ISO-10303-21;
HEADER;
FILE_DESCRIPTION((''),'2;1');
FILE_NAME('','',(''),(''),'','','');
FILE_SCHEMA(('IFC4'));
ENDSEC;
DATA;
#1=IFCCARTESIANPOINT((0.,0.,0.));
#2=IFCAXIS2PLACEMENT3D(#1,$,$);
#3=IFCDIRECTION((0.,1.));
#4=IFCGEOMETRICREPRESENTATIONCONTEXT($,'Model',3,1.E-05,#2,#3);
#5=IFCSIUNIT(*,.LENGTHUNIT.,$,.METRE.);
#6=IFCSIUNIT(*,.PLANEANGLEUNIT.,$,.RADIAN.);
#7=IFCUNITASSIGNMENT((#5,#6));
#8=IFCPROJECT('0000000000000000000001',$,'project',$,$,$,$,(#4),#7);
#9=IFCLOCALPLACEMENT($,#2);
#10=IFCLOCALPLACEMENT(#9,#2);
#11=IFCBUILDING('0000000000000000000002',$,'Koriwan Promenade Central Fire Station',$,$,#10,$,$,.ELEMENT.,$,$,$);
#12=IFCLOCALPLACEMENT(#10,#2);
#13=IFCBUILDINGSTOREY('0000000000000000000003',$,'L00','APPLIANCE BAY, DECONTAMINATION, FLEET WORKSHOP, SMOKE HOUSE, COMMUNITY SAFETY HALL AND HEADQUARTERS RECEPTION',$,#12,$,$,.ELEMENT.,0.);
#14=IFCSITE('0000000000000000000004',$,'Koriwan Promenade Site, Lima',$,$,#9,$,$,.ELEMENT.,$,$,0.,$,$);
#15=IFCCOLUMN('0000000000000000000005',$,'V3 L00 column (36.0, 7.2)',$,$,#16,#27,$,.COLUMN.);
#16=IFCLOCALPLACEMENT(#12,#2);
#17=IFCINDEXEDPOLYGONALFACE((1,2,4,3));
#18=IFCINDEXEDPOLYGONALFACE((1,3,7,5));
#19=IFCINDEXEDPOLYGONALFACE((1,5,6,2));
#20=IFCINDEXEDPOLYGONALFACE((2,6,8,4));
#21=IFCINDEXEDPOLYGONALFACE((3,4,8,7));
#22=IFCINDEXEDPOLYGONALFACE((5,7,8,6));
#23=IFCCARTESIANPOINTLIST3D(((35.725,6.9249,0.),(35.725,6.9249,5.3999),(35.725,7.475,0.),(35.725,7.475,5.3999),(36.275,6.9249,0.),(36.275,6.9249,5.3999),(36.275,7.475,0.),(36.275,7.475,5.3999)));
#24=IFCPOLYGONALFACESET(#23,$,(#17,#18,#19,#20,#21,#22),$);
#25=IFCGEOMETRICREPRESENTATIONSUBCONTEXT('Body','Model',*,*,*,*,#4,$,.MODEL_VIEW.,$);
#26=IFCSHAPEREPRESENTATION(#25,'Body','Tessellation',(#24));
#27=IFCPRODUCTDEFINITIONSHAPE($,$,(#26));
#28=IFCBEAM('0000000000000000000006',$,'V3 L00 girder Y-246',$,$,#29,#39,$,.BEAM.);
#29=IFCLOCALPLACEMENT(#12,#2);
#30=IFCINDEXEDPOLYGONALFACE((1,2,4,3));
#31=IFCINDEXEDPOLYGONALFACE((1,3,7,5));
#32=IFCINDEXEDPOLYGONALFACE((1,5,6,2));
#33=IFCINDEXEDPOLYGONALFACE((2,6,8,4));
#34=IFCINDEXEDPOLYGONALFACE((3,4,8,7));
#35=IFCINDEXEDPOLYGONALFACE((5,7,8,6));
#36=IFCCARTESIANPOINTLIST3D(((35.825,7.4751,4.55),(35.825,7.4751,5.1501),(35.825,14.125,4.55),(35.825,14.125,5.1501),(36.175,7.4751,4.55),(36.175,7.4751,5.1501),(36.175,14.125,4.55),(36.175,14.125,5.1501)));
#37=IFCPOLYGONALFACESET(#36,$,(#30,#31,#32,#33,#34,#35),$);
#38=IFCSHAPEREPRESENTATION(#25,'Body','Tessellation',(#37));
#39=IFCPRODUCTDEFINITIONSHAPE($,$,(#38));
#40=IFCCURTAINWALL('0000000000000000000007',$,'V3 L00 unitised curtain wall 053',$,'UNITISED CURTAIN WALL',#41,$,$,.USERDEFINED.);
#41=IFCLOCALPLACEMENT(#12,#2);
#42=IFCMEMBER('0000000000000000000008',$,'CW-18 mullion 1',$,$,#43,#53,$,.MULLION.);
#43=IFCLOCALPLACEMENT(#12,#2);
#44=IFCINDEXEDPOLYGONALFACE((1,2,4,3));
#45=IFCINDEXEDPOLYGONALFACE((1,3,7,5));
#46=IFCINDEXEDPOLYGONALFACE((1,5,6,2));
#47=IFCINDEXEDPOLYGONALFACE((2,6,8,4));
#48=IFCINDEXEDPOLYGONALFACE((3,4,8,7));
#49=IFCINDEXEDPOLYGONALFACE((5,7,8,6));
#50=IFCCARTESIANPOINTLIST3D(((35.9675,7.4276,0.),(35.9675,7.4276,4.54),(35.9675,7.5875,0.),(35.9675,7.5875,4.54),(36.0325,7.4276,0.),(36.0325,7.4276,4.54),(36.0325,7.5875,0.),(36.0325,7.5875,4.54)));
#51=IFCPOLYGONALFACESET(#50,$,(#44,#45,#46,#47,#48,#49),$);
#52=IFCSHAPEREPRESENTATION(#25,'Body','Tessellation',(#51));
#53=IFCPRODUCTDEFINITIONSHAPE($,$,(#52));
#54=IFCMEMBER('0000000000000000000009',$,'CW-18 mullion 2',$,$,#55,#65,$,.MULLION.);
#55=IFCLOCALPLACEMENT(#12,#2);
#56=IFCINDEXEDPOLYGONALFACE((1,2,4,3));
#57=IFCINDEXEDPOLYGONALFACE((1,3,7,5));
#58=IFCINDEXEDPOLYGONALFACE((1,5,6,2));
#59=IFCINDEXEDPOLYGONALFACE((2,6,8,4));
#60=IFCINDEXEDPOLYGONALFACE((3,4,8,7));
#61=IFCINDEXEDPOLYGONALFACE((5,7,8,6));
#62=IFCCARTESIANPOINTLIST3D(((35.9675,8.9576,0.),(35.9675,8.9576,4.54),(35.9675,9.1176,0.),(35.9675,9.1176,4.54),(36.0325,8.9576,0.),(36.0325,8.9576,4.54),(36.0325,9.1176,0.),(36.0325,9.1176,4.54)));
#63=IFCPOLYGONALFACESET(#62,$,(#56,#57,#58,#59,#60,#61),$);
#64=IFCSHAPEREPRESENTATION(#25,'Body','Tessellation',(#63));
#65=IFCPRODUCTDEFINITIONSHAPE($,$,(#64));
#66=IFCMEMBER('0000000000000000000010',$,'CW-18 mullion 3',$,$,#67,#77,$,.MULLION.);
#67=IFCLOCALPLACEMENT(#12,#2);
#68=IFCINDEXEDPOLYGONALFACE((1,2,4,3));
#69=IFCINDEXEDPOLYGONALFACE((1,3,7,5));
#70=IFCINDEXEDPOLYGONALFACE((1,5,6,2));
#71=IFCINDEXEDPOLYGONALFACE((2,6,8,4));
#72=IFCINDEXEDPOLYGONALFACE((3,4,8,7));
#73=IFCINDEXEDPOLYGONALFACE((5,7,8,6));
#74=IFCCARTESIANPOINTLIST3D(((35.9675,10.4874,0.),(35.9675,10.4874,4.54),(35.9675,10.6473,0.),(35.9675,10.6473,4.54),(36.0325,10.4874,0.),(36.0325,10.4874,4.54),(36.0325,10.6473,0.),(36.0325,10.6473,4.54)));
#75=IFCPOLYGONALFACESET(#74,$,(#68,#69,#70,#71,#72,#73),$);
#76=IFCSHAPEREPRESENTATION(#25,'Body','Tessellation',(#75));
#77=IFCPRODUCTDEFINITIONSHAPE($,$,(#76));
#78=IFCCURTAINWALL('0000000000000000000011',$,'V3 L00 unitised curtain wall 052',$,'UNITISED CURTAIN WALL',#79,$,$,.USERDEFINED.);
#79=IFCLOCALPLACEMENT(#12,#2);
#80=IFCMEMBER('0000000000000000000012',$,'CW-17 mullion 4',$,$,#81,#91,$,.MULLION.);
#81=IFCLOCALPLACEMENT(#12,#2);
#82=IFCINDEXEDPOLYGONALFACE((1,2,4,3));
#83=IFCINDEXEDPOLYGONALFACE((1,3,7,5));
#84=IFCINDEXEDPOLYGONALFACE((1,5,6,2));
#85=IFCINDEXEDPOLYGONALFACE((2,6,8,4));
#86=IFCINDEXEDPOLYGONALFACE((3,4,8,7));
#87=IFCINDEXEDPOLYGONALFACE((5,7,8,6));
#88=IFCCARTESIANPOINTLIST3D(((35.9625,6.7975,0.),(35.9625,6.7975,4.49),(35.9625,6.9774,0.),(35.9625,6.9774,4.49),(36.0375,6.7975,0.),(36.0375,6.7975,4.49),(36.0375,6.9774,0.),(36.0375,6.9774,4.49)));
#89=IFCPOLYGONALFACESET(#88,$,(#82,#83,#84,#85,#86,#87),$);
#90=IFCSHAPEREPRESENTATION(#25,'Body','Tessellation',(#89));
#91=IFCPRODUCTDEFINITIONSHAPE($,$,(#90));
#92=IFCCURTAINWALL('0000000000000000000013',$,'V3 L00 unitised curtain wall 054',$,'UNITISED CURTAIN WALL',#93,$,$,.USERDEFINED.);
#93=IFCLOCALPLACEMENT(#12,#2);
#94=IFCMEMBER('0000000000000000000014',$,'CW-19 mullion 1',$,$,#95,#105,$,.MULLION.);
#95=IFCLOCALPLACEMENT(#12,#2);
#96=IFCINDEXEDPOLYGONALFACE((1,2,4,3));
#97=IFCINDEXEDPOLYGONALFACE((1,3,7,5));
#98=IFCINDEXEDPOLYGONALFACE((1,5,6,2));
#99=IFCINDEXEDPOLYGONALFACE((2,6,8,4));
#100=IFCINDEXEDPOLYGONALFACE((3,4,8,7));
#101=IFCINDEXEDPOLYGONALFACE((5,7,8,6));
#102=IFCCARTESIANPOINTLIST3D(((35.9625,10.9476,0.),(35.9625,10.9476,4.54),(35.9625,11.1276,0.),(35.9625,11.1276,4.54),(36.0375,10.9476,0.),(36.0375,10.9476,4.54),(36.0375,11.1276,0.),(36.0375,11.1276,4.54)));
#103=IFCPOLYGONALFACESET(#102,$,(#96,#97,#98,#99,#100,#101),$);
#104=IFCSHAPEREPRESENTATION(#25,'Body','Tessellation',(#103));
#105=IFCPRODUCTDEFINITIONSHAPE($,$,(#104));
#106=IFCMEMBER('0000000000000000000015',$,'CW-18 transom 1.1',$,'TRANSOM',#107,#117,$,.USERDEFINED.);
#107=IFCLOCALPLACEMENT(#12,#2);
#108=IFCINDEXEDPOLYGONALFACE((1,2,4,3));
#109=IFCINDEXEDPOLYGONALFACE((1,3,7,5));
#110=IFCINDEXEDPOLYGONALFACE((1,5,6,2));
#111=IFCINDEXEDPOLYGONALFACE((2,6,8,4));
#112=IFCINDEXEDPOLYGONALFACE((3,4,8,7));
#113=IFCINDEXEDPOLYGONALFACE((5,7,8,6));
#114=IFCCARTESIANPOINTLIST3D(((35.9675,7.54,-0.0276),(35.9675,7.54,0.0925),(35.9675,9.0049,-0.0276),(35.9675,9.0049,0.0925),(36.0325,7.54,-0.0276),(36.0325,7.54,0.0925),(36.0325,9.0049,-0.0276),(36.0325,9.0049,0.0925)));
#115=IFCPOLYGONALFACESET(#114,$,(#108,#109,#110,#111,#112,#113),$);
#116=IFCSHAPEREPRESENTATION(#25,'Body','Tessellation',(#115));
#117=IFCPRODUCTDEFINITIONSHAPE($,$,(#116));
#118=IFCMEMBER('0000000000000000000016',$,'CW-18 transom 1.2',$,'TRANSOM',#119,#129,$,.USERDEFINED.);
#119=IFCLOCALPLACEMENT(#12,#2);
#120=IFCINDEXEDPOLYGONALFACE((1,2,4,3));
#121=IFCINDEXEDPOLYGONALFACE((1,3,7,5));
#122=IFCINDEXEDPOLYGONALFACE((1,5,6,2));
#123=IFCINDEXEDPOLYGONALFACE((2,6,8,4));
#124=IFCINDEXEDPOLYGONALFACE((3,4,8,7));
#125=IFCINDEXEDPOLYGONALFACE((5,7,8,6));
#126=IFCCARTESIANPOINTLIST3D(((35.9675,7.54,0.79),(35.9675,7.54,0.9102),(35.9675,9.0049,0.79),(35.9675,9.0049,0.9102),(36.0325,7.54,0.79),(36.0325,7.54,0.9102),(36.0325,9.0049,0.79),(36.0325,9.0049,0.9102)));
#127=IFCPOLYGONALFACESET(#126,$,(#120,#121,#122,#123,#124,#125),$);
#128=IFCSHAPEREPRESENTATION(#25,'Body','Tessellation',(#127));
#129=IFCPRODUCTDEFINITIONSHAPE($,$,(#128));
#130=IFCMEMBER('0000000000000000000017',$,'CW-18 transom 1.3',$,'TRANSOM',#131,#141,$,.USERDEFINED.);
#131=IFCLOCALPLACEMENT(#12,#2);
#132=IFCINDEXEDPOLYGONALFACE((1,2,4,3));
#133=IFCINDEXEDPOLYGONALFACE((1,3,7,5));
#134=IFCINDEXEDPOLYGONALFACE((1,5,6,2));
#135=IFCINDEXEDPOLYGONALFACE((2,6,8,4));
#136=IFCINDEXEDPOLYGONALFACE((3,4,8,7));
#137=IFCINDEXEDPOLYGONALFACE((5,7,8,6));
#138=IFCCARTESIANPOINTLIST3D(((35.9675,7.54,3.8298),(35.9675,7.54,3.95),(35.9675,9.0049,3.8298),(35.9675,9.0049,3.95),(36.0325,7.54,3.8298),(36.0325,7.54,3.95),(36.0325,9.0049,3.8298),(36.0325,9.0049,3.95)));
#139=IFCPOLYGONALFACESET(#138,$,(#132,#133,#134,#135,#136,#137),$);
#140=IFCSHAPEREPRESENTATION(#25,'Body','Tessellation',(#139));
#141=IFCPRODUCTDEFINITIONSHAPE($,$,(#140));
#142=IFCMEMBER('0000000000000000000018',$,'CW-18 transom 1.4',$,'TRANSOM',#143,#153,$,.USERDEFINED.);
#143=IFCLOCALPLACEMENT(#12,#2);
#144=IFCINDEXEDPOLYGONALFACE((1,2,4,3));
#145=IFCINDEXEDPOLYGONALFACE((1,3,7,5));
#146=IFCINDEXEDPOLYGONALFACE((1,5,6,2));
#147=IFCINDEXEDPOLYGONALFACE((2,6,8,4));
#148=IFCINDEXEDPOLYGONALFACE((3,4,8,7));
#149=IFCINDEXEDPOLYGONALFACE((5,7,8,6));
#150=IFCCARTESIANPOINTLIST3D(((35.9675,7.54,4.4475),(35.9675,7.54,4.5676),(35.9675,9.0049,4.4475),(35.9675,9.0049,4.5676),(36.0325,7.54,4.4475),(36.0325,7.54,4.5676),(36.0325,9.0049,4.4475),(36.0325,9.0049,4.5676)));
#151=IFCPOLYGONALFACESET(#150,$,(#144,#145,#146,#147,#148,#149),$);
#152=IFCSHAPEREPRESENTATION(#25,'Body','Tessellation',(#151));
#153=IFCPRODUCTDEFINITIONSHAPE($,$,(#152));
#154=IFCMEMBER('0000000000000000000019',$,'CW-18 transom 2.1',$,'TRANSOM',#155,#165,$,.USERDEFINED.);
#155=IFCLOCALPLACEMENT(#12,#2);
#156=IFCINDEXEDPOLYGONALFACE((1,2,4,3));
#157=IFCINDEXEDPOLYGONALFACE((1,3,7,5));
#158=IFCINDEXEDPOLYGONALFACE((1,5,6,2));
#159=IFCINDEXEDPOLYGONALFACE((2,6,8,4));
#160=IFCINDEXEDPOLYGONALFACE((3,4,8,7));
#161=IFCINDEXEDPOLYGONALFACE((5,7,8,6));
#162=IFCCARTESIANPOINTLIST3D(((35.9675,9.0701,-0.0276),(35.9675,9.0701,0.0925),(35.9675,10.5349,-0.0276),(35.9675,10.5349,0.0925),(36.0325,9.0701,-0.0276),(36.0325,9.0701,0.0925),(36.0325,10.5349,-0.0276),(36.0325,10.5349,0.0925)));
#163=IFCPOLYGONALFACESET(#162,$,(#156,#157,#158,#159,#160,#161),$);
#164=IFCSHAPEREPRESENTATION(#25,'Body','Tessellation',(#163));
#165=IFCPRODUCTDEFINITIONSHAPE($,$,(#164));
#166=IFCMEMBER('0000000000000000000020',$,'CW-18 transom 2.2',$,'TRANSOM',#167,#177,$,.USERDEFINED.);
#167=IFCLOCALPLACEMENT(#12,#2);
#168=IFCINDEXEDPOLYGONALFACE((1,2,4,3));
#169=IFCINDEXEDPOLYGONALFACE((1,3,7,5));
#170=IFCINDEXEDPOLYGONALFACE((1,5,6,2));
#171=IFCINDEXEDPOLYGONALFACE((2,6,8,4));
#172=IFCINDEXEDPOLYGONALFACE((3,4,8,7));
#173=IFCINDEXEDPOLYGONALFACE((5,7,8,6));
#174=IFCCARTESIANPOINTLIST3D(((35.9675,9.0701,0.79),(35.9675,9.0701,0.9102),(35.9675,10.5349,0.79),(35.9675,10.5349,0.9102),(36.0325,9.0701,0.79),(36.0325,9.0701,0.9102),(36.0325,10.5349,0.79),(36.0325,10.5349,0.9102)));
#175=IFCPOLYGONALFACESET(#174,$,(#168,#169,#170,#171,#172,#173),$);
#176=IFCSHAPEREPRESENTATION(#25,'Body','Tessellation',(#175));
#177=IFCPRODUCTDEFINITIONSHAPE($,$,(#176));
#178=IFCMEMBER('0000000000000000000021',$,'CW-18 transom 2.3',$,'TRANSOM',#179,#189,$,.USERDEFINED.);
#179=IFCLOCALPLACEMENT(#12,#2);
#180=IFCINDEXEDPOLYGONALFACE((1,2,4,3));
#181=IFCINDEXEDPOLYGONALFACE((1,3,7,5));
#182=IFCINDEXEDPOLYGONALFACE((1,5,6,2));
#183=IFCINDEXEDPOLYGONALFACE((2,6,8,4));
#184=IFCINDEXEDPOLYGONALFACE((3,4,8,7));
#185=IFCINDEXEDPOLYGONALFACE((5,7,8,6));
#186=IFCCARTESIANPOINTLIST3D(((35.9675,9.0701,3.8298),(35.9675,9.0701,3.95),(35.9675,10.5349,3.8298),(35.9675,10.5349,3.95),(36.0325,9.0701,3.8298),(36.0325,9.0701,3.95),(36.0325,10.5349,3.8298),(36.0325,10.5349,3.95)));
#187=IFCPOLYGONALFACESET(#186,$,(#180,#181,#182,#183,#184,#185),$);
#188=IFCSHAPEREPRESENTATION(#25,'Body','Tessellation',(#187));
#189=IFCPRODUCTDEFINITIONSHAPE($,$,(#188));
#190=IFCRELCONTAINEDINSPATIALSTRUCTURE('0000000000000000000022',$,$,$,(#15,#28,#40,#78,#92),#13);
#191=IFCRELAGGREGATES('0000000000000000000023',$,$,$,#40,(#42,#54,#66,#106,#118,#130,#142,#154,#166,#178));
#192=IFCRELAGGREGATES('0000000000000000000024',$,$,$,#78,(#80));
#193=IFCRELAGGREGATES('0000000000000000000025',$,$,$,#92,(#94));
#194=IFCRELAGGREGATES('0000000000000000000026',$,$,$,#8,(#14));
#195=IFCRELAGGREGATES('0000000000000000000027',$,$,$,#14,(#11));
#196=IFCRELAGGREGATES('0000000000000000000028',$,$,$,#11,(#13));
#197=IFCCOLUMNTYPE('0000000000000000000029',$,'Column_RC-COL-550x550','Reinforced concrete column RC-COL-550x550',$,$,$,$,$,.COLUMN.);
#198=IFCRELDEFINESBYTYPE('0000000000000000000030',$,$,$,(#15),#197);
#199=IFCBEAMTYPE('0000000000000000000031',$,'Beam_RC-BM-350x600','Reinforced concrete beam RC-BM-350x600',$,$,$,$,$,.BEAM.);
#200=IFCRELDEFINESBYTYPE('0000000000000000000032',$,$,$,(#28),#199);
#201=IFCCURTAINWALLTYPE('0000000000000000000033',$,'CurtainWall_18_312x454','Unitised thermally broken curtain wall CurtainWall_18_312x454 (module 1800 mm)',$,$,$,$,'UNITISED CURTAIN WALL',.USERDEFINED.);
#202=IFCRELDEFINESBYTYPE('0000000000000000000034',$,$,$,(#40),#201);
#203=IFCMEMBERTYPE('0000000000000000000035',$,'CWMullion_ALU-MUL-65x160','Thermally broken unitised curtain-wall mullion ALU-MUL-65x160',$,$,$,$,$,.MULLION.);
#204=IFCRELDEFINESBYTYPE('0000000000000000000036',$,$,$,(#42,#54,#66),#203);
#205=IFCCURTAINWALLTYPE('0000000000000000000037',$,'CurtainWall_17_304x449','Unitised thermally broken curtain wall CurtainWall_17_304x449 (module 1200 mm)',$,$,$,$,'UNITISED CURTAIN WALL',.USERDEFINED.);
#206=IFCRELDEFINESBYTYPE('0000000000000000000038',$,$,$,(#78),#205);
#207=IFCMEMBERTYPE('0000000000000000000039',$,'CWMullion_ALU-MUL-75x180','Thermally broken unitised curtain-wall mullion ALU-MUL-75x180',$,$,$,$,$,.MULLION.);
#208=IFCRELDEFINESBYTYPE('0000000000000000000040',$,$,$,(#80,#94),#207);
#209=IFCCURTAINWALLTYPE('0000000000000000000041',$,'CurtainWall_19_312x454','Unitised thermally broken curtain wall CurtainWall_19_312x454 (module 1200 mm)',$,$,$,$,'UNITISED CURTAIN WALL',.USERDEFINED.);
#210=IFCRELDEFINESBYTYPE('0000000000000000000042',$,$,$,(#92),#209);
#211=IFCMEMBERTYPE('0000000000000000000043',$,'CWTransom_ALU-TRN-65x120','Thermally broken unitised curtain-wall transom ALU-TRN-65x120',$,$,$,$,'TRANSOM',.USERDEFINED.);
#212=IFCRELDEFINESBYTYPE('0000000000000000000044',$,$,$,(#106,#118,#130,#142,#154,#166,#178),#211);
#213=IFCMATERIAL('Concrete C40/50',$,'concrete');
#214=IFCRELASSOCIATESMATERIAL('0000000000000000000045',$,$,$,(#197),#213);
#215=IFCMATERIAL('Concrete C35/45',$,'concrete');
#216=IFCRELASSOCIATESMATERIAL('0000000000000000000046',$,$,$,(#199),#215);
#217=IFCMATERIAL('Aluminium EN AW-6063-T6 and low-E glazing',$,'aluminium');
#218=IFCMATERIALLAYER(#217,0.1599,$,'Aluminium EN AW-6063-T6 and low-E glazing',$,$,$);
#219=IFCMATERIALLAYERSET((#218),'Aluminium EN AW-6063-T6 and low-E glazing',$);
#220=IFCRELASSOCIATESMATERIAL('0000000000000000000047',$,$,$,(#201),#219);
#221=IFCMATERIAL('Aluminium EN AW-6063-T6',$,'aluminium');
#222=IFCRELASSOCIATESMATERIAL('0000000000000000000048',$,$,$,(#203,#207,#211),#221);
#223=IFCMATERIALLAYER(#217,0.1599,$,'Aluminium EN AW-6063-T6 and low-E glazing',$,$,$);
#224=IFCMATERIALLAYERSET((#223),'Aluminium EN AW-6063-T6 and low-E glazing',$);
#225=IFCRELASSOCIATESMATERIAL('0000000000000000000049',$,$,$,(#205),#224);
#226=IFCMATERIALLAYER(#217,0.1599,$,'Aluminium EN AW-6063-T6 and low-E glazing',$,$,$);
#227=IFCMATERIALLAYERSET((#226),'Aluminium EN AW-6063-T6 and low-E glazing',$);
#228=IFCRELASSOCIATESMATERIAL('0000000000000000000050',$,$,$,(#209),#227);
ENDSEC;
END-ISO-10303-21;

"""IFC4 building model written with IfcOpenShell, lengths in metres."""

from ifc_helpers import new_model, si_unit, direction, frame, origin, origin_2d, place, context, subcontext, project, spatial, rectangle, extrude, material, layer, layer_set, material_profile, profile_set, type_object, element, aggregate, save


model = new_model("IFC4")

# Units and contexts
model_context = context("Model", 3, precision=1e-05, world=origin(), true_north=direction((0.0, 1.0)))
body_context = subcontext(model_context, "Body", "Model", "MODEL_VIEW")
ifc_project = project(units=[si_unit("LENGTHUNIT", "METRE"), si_unit("PLANEANGLEUNIT", "RADIAN")], contexts=[model_context])

# Site, building, storey
site_placement = place(None, origin())
site = spatial("IfcSite", under=ifc_project, at=site_placement, Name="Koriwan Promenade Site, Lima", CompositionType="ELEMENT", RefElevation=0.0)
building_placement = place(site_placement, origin())
building = spatial("IfcBuilding", under=site, at=building_placement, Name="Koriwan Promenade Central Fire Station", CompositionType="ELEMENT")
storey_placement = place(building_placement, origin())
storey = spatial("IfcBuildingStorey", under=building, at=storey_placement, Name="L00", Description="APPLIANCE BAY, DECONTAMINATION, FLEET WORKSHOP, SMOKE HOUSE, COMMUNITY SAFETY HALL AND HEADQUARTERS RECEPTION", CompositionType="ELEMENT", Elevation=0.0)

# Column
ifc_material_1 = material(Name="Concrete C40/50", Category="concrete")
ifc_material_profile_1 = material_profile(ifc_material_1, rectangle(XDim=0.55, YDim=0.55, at=origin_2d()), Name="RC-COL-550x550")
ifc_profile_set_1 = profile_set([ifc_material_profile_1], Name="Concrete C40/50")
column_type = type_object("IfcColumnType", Name="Column_RC-COL-550x550", Description="Reinforced concrete column RC-COL-550x550", PredefinedType="COLUMN", material=ifc_profile_set_1)
column_placement = place(storey_placement, frame((36.0, 7.2, 0.0), z_axis=(0.0, 0.0, 1.0), x_axis=(1.0, 0.0, 0.0)))
element("IfcColumn", 1, at=column_placement, inside=storey, type_object=column_type, Name="V3 L00 column (36.0, 7.2)", PredefinedType="COLUMN", context=body_context, shape_type="SweptSolid", body=[
    extrude(rectangle(XDim=0.55, YDim=0.55, at=origin_2d()), origin(), (0.0, 0.0, 1.0), 5.3999),
])

# Beam
ifc_material_2 = material(Name="Concrete C35/45", Category="concrete")
ifc_material_profile_2 = material_profile(ifc_material_2, rectangle(XDim=0.3501, YDim=0.6001, at=origin_2d()), Name="RC-BM-350x600")
ifc_profile_set_2 = profile_set([ifc_material_profile_2], Name="Concrete C35/45")
beam_type = type_object("IfcBeamType", Name="Beam_RC-BM-350x600", Description="Reinforced concrete beam RC-BM-350x600", PredefinedType="BEAM", material=ifc_profile_set_2)
beam_placement = place(storey_placement, frame((36.0, 7.4751, 4.8501), z_axis=(0.0, 1.0, 0.0), x_axis=(-1.0, 0.0, 0.0)))
element("IfcBeam", 2, at=beam_placement, inside=storey, type_object=beam_type, Name="V3 L00 girder Y-246", PredefinedType="BEAM", context=body_context, shape_type="SweptSolid", body=[
    extrude(rectangle(XDim=0.3501, YDim=0.6001, at=origin_2d()), origin(), (0.0, 0.0, 1.0), 6.6499),
])

# Curtain wall, members
ifc_material_3 = material(Name="Aluminium EN AW-6063-T6 and low-E glazing", Category="aluminium")
ifc_layer_1 = layer(ifc_material_3, 0.1599, Name="Aluminium EN AW-6063-T6 and low-E glazing")
ifc_layer_set_1 = layer_set([ifc_layer_1], Name="Aluminium EN AW-6063-T6 and low-E glazing")
curtain_wall_type_1 = type_object("IfcCurtainWallType", Name="CurtainWall_18_312x454", Description="Unitised thermally broken curtain wall CurtainWall_18_312x454 (module 1800 mm)", ElementType="UNITISED CURTAIN WALL", PredefinedType="USERDEFINED", material=ifc_layer_set_1)
curtain_wall_1_placement = place(storey_placement, origin())
curtain_wall_1 = element("IfcCurtainWall", 3, at=curtain_wall_1_placement, inside=storey, type_object=curtain_wall_type_1, Name="V3 L00 unitised curtain wall 053", ObjectType="UNITISED CURTAIN WALL", PredefinedType="USERDEFINED")
ifc_material_4 = material(Name="Aluminium EN AW-6063-T6", Category="aluminium")
ifc_material_profile_3 = material_profile(ifc_material_4, rectangle(XDim=0.0649, YDim=0.1599, at=origin_2d()), Name="ALU-MUL-65x160")
ifc_profile_set_3 = profile_set([ifc_material_profile_3], Name="Aluminium EN AW-6063-T6")
member_type_1 = type_object("IfcMemberType", Name="CWMullion_ALU-MUL-65x160", Description="Thermally broken unitised curtain-wall mullion ALU-MUL-65x160", PredefinedType="MULLION", material=ifc_profile_set_3)
member_1_placement = place(storey_placement, frame((36.0, 7.5076, 0.0), z_axis=(0.0, 0.0, 1.0), x_axis=(-1.0, 0.0, 0.0)))
member_1 = element("IfcMember", 4, at=member_1_placement, type_object=member_type_1, Name="CW-18 mullion 1", PredefinedType="MULLION", context=body_context, shape_type="SweptSolid", body=[
    extrude(rectangle(XDim=0.0649, YDim=0.1599, at=origin_2d()), origin(), (0.0, 0.0, 1.0), 4.54),
])
member_2_placement = place(storey_placement, frame((36.0, 9.0376, 0.0), z_axis=(0.0, 0.0, 1.0), x_axis=(-1.0, 0.0, 0.0)))
member_2 = element("IfcMember", 5, at=member_2_placement, type_object=member_type_1, Name="CW-18 mullion 2", PredefinedType="MULLION", context=body_context, shape_type="SweptSolid", body=[
    extrude(rectangle(XDim=0.0649, YDim=0.1599, at=origin_2d()), origin(), (0.0, 0.0, 1.0), 4.54),
])
member_3_placement = place(storey_placement, frame((36.0, 10.5674, 0.0), z_axis=(0.0, 0.0, 1.0), x_axis=(-1.0, 0.0, 0.0)))
member_3 = element("IfcMember", 6, at=member_3_placement, type_object=member_type_1, Name="CW-18 mullion 3", PredefinedType="MULLION", context=body_context, shape_type="SweptSolid", body=[
    extrude(rectangle(XDim=0.0649, YDim=0.1599, at=origin_2d()), origin(), (0.0, 0.0, 1.0), 4.54),
])

# Curtain walls, members
ifc_layer_2 = layer(ifc_material_3, 0.1599, Name="Aluminium EN AW-6063-T6 and low-E glazing")
ifc_layer_set_2 = layer_set([ifc_layer_2], Name="Aluminium EN AW-6063-T6 and low-E glazing")
curtain_wall_type_2 = type_object("IfcCurtainWallType", Name="CurtainWall_17_304x449", Description="Unitised thermally broken curtain wall CurtainWall_17_304x449 (module 1200 mm)", ElementType="UNITISED CURTAIN WALL", PredefinedType="USERDEFINED", material=ifc_layer_set_2)
curtain_wall_2_placement = place(storey_placement, origin())
curtain_wall_2 = element("IfcCurtainWall", 7, at=curtain_wall_2_placement, inside=storey, type_object=curtain_wall_type_2, Name="V3 L00 unitised curtain wall 052", ObjectType="UNITISED CURTAIN WALL", PredefinedType="USERDEFINED")
ifc_material_profile_4 = material_profile(ifc_material_4, rectangle(XDim=0.075, YDim=0.1799, at=origin_2d()), Name="ALU-MUL-75x180")
ifc_profile_set_4 = profile_set([ifc_material_profile_4], Name="Aluminium EN AW-6063-T6")
member_type_2 = type_object("IfcMemberType", Name="CWMullion_ALU-MUL-75x180", Description="Thermally broken unitised curtain-wall mullion ALU-MUL-75x180", PredefinedType="MULLION", material=ifc_profile_set_4)
member_4_placement = place(storey_placement, frame((36.0, 6.8875, 0.0), z_axis=(0.0, 0.0, 1.0), x_axis=(-1.0, 0.0, 0.0)))
member_4 = element("IfcMember", 8, at=member_4_placement, type_object=member_type_2, Name="CW-17 mullion 4", PredefinedType="MULLION", context=body_context, shape_type="SweptSolid", body=[
    extrude(rectangle(XDim=0.075, YDim=0.1799, at=origin_2d()), origin(), (0.0, 0.0, 1.0), 4.49),
])
ifc_layer_3 = layer(ifc_material_3, 0.1599, Name="Aluminium EN AW-6063-T6 and low-E glazing")
ifc_layer_set_3 = layer_set([ifc_layer_3], Name="Aluminium EN AW-6063-T6 and low-E glazing")
curtain_wall_type_3 = type_object("IfcCurtainWallType", Name="CurtainWall_19_312x454", Description="Unitised thermally broken curtain wall CurtainWall_19_312x454 (module 1200 mm)", ElementType="UNITISED CURTAIN WALL", PredefinedType="USERDEFINED", material=ifc_layer_set_3)
curtain_wall_3_placement = place(storey_placement, origin())
curtain_wall_3 = element("IfcCurtainWall", 9, at=curtain_wall_3_placement, inside=storey, type_object=curtain_wall_type_3, Name="V3 L00 unitised curtain wall 054", ObjectType="UNITISED CURTAIN WALL", PredefinedType="USERDEFINED")
member_5_placement = place(storey_placement, frame((36.0, 11.0376, 0.0), z_axis=(0.0, 0.0, 1.0), x_axis=(-1.0, 0.0, 0.0)))
member_5 = element("IfcMember", 10, at=member_5_placement, type_object=member_type_2, Name="CW-19 mullion 1", PredefinedType="MULLION", context=body_context, shape_type="SweptSolid", body=[
    extrude(rectangle(XDim=0.075, YDim=0.1799, at=origin_2d()), origin(), (0.0, 0.0, 1.0), 4.54),
])

# Members
ifc_material_profile_5 = material_profile(ifc_material_4, rectangle(XDim=0.0649, YDim=0.1201, at=origin_2d()), Name="ALU-TRN-65x120")
ifc_profile_set_5 = profile_set([ifc_material_profile_5], Name="Aluminium EN AW-6063-T6")
member_type_3 = type_object("IfcMemberType", Name="CWTransom_ALU-TRN-65x120", Description="Thermally broken unitised curtain-wall transom ALU-TRN-65x120", ElementType="TRANSOM", PredefinedType="USERDEFINED", material=ifc_profile_set_5)
member_6_placement = place(storey_placement, frame((36.0, 7.54, 0.0325), z_axis=(0.0, 1.0, 0.0), x_axis=(-1.0, 0.0, 0.0)))
member_6 = element("IfcMember", 11, at=member_6_placement, type_object=member_type_3, Name="CW-18 transom 1.1", ObjectType="TRANSOM", PredefinedType="USERDEFINED", context=body_context, shape_type="SweptSolid", body=[
    extrude(rectangle(XDim=0.0649, YDim=0.1201, at=origin_2d()), origin(), (0.0, 0.0, 1.0), 1.4648),
])
member_7_placement = place(storey_placement, frame((36.0, 7.54, 0.8501), z_axis=(0.0, 1.0, 0.0), x_axis=(-1.0, 0.0, 0.0)))
member_7 = element("IfcMember", 12, at=member_7_placement, type_object=member_type_3, Name="CW-18 transom 1.2", ObjectType="TRANSOM", PredefinedType="USERDEFINED", context=body_context, shape_type="SweptSolid", body=[
    extrude(rectangle(XDim=0.0649, YDim=0.1201, at=origin_2d()), origin(), (0.0, 0.0, 1.0), 1.4648),
])
member_8_placement = place(storey_placement, frame((36.0, 7.54, 3.8899), z_axis=(0.0, 1.0, 0.0), x_axis=(-1.0, 0.0, 0.0)))
member_8 = element("IfcMember", 13, at=member_8_placement, type_object=member_type_3, Name="CW-18 transom 1.3", ObjectType="TRANSOM", PredefinedType="USERDEFINED", context=body_context, shape_type="SweptSolid", body=[
    extrude(rectangle(XDim=0.0649, YDim=0.1201, at=origin_2d()), origin(), (0.0, 0.0, 1.0), 1.4648),
])
member_9_placement = place(storey_placement, frame((36.0, 7.54, 4.5076), z_axis=(0.0, 1.0, 0.0), x_axis=(-1.0, 0.0, 0.0)))
member_9 = element("IfcMember", 14, at=member_9_placement, type_object=member_type_3, Name="CW-18 transom 1.4", ObjectType="TRANSOM", PredefinedType="USERDEFINED", context=body_context, shape_type="SweptSolid", body=[
    extrude(rectangle(XDim=0.0649, YDim=0.1201, at=origin_2d()), origin(), (0.0, 0.0, 1.0), 1.4648),
])
member_10_placement = place(storey_placement, frame((36.0, 9.0701, 0.0325), z_axis=(0.0, 1.0, 0.0), x_axis=(-1.0, 0.0, 0.0)))
member_10 = element("IfcMember", 15, at=member_10_placement, type_object=member_type_3, Name="CW-18 transom 2.1", ObjectType="TRANSOM", PredefinedType="USERDEFINED", context=body_context, shape_type="SweptSolid", body=[
    extrude(rectangle(XDim=0.0649, YDim=0.1201, at=origin_2d()), origin(), (0.0, 0.0, 1.0), 1.4648),
])
member_11_placement = place(storey_placement, frame((36.0, 9.0701, 0.8501), z_axis=(0.0, 1.0, 0.0), x_axis=(-1.0, 0.0, 0.0)))
member_11 = element("IfcMember", 16, at=member_11_placement, type_object=member_type_3, Name="CW-18 transom 2.2", ObjectType="TRANSOM", PredefinedType="USERDEFINED", context=body_context, shape_type="SweptSolid", body=[
    extrude(rectangle(XDim=0.0649, YDim=0.1201, at=origin_2d()), origin(), (0.0, 0.0, 1.0), 1.4648),
])
member_12_placement = place(storey_placement, frame((36.0, 9.0701, 3.8899), z_axis=(0.0, 1.0, 0.0), x_axis=(-1.0, 0.0, 0.0)))
member_12 = element("IfcMember", 17, at=member_12_placement, type_object=member_type_3, Name="CW-18 transom 2.3", ObjectType="TRANSOM", PredefinedType="USERDEFINED", context=body_context, shape_type="SweptSolid", body=[
    extrude(rectangle(XDim=0.0649, YDim=0.1201, at=origin_2d()), origin(), (0.0, 0.0, 1.0), 1.4648),
])

aggregate(curtain_wall_1, [member_1, member_2, member_3, member_6, member_7, member_8, member_9, member_10, member_11, member_12])
aggregate(curtain_wall_2, [member_4])
aggregate(curtain_wall_3, [member_5])

save(model, "model.ifc")
